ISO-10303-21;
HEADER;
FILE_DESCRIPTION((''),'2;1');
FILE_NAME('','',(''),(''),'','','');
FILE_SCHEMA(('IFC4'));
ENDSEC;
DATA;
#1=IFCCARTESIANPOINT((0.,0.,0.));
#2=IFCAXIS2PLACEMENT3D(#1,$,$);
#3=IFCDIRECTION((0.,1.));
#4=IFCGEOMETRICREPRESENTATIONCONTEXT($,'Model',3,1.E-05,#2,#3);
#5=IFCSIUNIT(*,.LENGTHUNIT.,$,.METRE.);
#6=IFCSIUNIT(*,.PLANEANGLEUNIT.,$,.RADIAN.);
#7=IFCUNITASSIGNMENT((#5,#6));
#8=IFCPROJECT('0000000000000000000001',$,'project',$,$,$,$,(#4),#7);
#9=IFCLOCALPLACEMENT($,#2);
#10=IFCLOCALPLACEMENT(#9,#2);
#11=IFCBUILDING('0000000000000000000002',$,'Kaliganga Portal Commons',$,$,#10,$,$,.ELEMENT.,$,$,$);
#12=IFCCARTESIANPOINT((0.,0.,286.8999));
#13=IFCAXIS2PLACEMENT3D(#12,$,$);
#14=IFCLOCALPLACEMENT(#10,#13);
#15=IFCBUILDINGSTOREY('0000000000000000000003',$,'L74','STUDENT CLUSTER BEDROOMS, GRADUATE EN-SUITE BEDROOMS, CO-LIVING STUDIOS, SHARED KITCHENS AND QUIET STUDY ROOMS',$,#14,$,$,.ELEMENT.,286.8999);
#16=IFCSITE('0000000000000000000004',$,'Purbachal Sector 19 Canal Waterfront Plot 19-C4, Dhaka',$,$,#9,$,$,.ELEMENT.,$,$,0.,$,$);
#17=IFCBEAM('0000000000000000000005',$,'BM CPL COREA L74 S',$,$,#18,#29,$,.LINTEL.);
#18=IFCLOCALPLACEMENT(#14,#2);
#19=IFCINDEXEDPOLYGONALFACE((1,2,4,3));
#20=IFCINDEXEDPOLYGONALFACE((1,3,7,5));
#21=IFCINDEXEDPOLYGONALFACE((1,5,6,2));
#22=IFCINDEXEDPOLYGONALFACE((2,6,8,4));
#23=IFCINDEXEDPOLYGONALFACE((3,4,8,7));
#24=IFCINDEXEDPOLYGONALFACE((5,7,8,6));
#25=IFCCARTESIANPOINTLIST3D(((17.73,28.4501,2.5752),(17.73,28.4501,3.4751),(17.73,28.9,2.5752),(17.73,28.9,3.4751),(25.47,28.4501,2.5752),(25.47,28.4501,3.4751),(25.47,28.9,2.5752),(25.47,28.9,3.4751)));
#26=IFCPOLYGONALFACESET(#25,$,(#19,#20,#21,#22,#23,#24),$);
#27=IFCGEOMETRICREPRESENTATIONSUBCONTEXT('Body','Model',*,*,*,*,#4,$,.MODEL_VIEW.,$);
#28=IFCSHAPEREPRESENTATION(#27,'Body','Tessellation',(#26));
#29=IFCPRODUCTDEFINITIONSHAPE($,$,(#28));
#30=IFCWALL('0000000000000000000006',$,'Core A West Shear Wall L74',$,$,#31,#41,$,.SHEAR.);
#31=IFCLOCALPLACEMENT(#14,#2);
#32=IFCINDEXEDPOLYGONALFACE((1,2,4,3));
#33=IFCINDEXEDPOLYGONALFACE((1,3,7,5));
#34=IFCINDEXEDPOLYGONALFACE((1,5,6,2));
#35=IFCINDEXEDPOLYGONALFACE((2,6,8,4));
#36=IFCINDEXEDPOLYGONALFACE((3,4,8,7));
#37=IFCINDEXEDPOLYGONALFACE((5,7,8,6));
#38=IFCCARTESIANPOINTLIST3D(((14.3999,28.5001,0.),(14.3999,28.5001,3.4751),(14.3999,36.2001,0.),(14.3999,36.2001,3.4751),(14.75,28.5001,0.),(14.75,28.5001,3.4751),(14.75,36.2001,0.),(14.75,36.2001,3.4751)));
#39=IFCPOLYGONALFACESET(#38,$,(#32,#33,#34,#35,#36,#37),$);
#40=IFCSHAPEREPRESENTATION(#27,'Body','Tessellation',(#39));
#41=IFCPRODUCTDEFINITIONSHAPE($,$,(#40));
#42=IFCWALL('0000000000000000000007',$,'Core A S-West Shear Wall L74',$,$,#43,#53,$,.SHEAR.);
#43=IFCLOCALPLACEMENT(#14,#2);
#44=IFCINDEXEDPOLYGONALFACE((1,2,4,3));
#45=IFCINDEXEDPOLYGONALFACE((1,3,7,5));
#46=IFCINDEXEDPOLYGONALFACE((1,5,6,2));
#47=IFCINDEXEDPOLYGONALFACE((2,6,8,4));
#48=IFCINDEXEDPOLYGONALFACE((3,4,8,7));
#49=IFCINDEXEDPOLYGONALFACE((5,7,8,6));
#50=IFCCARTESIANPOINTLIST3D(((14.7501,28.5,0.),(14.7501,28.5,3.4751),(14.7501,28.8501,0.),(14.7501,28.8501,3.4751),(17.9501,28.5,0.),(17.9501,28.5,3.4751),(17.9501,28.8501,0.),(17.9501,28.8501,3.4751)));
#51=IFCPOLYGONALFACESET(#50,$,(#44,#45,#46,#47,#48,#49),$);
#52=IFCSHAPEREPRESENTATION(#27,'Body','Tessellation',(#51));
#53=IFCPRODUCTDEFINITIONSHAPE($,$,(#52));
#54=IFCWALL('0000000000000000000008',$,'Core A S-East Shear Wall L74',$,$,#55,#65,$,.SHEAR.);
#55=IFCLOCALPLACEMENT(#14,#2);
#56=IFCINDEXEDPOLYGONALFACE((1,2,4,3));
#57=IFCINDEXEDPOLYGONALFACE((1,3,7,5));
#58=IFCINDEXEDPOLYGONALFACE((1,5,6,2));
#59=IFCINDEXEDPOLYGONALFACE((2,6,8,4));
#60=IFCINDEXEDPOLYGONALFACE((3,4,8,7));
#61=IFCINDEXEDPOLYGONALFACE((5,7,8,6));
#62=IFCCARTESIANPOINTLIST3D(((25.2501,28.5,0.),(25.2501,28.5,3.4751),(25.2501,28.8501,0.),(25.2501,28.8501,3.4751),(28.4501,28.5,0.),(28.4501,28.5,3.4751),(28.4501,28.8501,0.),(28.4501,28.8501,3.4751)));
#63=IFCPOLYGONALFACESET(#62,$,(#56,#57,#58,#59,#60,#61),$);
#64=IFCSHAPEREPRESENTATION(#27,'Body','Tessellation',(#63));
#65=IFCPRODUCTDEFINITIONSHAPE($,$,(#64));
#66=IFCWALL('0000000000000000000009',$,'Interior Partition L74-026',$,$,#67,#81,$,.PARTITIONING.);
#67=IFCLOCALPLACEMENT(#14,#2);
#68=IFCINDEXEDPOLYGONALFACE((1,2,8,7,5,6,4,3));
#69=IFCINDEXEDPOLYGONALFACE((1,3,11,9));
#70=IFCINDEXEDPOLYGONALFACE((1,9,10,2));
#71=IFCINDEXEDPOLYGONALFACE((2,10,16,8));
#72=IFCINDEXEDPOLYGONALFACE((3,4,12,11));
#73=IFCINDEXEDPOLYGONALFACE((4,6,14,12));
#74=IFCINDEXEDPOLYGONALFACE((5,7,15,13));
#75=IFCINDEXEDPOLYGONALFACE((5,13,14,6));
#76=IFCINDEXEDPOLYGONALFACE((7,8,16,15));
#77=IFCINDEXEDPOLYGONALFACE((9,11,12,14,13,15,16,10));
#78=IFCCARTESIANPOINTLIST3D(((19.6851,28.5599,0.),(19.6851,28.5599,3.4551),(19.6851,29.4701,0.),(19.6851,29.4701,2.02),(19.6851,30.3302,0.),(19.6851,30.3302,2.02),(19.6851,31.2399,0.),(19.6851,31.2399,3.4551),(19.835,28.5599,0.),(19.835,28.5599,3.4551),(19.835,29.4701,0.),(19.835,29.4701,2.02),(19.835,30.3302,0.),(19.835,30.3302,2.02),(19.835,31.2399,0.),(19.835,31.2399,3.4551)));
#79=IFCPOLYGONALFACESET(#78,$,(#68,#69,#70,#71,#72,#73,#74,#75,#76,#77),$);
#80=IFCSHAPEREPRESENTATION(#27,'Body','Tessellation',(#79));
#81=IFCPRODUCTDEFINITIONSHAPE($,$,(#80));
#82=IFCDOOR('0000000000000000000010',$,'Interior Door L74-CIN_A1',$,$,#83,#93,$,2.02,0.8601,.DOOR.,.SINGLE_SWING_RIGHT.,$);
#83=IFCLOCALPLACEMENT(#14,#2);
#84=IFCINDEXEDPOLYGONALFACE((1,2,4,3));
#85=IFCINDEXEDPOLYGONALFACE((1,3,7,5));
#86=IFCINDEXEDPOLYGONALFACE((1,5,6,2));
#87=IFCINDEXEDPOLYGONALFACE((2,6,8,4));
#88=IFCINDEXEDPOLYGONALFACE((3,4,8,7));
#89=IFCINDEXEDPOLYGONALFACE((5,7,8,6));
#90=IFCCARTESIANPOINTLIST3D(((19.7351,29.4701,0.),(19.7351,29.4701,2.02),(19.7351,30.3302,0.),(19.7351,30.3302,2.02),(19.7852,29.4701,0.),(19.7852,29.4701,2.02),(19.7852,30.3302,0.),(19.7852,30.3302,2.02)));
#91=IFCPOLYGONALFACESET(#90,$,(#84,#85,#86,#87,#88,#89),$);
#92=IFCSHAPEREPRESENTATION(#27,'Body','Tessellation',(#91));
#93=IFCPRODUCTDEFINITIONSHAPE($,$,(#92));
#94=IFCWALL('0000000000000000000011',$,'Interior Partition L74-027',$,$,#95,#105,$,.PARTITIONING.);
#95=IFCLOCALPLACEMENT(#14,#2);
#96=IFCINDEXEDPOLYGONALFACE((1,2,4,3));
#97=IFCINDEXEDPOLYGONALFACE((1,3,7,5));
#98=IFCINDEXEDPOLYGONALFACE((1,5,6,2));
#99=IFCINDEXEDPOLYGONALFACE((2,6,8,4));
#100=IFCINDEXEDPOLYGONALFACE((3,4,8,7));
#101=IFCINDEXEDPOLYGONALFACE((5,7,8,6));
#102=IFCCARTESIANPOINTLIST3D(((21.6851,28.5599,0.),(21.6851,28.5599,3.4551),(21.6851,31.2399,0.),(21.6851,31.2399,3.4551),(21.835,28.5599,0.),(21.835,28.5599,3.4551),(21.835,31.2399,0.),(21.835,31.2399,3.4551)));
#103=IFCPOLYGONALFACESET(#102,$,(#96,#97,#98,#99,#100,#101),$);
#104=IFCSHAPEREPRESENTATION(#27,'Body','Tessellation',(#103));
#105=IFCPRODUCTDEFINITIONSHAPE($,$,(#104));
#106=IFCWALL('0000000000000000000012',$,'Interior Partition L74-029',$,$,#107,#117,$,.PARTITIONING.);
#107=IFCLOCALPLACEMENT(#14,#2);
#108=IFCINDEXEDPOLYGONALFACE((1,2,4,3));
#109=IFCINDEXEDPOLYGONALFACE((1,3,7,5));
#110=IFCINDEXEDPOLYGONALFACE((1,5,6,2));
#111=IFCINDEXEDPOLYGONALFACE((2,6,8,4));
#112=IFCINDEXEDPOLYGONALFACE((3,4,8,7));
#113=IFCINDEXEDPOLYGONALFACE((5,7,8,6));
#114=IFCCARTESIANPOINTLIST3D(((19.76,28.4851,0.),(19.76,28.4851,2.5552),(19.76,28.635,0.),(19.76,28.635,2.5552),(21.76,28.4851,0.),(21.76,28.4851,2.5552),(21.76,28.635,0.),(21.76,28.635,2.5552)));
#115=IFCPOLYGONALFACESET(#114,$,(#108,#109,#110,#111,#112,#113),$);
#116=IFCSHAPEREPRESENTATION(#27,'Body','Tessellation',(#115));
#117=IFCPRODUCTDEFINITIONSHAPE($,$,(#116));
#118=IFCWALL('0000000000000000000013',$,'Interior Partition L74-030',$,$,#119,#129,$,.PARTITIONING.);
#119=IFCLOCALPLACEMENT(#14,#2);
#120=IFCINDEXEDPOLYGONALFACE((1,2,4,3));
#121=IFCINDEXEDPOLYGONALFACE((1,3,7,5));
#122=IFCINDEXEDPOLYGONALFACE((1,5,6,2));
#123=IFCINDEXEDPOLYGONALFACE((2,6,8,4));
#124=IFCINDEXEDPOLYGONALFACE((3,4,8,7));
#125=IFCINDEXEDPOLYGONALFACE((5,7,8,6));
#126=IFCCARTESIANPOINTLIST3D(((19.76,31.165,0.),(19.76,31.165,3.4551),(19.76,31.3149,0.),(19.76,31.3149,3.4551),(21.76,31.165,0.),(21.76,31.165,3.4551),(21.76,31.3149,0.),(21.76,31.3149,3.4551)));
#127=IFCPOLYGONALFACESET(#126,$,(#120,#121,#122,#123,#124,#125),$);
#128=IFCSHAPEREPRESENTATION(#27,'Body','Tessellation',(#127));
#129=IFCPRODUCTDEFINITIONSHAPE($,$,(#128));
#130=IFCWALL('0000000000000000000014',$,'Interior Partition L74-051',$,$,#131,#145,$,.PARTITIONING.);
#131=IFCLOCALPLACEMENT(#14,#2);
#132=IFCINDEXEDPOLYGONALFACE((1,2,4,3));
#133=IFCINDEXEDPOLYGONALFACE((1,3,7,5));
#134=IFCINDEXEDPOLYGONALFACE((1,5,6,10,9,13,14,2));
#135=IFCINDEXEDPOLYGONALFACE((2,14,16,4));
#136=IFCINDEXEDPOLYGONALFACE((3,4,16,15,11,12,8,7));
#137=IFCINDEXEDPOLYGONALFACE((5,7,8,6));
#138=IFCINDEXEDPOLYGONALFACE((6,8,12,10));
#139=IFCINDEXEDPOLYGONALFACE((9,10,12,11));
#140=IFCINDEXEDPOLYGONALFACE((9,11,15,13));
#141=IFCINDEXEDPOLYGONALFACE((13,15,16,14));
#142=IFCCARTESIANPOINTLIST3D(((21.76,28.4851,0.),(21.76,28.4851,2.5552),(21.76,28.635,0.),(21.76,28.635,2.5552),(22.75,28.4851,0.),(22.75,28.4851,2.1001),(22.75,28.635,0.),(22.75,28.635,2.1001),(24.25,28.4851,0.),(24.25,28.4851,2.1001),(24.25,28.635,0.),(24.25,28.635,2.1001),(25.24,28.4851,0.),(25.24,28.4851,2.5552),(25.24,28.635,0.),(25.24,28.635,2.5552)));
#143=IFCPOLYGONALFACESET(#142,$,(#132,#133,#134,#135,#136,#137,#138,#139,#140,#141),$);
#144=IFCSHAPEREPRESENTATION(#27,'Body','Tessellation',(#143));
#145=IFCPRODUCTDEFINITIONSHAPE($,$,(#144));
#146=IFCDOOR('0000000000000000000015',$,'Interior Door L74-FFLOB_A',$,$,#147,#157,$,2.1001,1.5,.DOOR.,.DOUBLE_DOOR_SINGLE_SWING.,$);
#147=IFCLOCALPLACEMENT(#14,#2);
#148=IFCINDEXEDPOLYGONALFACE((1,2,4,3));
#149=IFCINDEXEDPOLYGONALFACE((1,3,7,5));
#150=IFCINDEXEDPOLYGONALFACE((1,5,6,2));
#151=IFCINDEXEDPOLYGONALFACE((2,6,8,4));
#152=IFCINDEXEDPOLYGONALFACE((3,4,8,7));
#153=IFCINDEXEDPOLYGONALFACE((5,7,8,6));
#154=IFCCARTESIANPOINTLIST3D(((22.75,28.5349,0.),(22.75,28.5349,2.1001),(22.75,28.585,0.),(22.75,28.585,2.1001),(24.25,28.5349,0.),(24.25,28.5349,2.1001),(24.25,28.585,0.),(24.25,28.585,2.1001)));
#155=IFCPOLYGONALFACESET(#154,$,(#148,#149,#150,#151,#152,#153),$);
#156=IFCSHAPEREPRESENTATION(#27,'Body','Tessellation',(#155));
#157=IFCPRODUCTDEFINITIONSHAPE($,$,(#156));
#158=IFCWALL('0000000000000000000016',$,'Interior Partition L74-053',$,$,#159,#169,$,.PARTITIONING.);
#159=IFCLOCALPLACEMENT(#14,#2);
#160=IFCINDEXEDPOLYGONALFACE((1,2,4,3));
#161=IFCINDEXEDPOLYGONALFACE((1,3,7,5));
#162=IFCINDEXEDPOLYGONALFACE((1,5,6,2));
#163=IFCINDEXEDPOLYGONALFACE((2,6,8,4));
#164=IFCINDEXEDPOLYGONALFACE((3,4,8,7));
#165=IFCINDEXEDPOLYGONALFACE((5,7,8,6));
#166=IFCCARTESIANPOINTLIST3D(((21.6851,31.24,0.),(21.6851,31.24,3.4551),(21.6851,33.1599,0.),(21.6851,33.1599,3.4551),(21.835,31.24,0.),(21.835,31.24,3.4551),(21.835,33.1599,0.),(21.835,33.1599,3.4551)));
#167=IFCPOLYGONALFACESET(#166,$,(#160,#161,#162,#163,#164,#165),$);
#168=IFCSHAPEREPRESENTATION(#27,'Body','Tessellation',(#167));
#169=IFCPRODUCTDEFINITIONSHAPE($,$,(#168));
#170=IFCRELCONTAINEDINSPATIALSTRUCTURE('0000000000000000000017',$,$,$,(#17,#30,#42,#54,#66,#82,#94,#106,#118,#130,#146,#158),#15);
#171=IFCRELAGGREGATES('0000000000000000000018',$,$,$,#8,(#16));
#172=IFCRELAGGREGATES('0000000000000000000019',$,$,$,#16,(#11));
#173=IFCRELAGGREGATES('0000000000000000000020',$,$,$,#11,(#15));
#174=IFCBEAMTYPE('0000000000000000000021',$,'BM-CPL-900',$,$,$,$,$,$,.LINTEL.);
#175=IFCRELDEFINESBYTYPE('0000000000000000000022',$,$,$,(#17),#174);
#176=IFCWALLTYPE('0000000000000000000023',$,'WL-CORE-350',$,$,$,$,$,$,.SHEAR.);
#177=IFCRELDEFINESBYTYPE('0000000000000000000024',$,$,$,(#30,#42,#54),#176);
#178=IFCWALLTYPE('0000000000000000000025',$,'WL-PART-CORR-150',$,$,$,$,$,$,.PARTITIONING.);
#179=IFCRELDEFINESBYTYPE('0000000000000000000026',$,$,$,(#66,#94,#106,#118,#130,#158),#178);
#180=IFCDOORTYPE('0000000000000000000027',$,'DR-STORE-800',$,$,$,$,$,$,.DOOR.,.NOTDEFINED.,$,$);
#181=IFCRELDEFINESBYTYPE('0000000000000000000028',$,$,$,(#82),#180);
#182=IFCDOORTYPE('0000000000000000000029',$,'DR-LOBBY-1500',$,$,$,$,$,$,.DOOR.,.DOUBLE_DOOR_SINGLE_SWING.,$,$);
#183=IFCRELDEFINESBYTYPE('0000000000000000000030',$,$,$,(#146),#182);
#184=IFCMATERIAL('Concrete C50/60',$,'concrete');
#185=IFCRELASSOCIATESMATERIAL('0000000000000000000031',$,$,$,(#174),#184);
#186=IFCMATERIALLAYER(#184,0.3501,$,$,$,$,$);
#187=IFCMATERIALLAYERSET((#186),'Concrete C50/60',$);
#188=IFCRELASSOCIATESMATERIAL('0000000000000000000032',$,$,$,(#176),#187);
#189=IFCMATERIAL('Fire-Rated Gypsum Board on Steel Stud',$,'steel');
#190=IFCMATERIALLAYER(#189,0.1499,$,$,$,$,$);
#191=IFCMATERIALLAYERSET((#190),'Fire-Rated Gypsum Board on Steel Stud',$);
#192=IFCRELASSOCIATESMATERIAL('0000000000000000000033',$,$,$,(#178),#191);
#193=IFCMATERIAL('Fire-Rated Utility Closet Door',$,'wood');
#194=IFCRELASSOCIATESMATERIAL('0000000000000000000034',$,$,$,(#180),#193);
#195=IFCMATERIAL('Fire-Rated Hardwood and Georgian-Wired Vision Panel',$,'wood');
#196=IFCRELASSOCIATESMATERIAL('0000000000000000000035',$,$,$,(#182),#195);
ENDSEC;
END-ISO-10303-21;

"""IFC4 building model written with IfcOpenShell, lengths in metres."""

from ifc_helpers import new_model, si_unit, direction, frame, frame_2d, origin, origin_2d, place, context, subcontext, project, spatial, rectangle, extrude, source, transform, mapped, material, layer, layer_set, material_profile, profile_set, type_object, element, fill, save


model = new_model("IFC4")

# Units and contexts
model_context = context("Model", 3, precision=1e-05, world=origin(), true_north=direction((0.0, 1.0)))
body_context = subcontext(model_context, "Body", "Model", "MODEL_VIEW")
ifc_project = project(units=[si_unit("LENGTHUNIT", "METRE"), si_unit("PLANEANGLEUNIT", "RADIAN")], contexts=[model_context])

# Site, building, storey
site_placement = place(None, origin())
site = spatial("IfcSite", under=ifc_project, at=site_placement, Name="Purbachal Sector 19 Canal Waterfront Plot 19-C4, Dhaka", CompositionType="ELEMENT", RefElevation=0.0)
building_placement = place(site_placement, origin())
building = spatial("IfcBuilding", under=site, at=building_placement, Name="Kaliganga Portal Commons", CompositionType="ELEMENT")
storey_placement = place(building_placement, frame((0.0, 0.0, 286.8999)))
storey = spatial("IfcBuildingStorey", under=building, at=storey_placement, Name="L74", Description="STUDENT CLUSTER BEDROOMS, GRADUATE EN-SUITE BEDROOMS, CO-LIVING STUDIOS, SHARED KITCHENS AND QUIET STUDY ROOMS", CompositionType="ELEMENT", Elevation=286.8999)

# Beam
ifc_material_1 = material(Name="Concrete C50/60", Category="concrete")
ifc_material_profile = material_profile(ifc_material_1, rectangle(XDim=0.45, YDim=0.8999, at=origin_2d()), Name="RC 450x900")
ifc_profile_set = profile_set([ifc_material_profile], Name="Concrete C50/60")
beam_type = type_object("IfcBeamType", Name="BM-CPL-900", PredefinedType="LINTEL", material=ifc_profile_set)
shared_shape = source(origin(), body_context, "Body", "SweptSolid", [
    extrude(rectangle(XDim=0.45, YDim=0.8999, at=origin_2d()), origin(), (0.0, 0.0, 1.0), 7.74),
])
beam_placement = place(storey_placement, frame((17.73, 28.675, 3.0251), z_axis=(1.0, 0.0, 0.0), x_axis=(0.0, 1.0, 0.0)))
element("IfcBeam", 1, at=beam_placement, inside=storey, type_object=beam_type, Name="BM CPL COREA L74 S", PredefinedType="LINTEL", context=body_context, shape_type="MappedRepresentation", body=[
    mapped(shared_shape, transform((0.0, 0.0, 0.0), x_axis=(1.0, 0.0, 0.0), y_axis=(0.0, 1.0, 0.0), z_axis=(0.0, 0.0, 1.0), scale=1.0)),
])

# Walls
ifc_layer_1 = layer(ifc_material_1, 0.3501)
ifc_layer_set_1 = layer_set([ifc_layer_1], Name="Concrete C50/60")
wall_type_1 = type_object("IfcWallType", Name="WL-CORE-350", PredefinedType="SHEAR", material=ifc_layer_set_1)
wall_1_placement = place(storey_placement, frame((14.575, 28.5, 0.0), z_axis=(0.0, 0.0, 1.0), x_axis=(0.0, 1.0, 0.0)))
element("IfcWall", 2, at=wall_1_placement, inside=storey, type_object=wall_type_1, Name="Core A West Shear Wall L74", PredefinedType="SHEAR", context=body_context, shape_type="SweptSolid", body=[
    extrude(rectangle(XDim=7.7, YDim=0.3501, at=frame_2d((3.8501, 0.0))), origin(), (0.0, 0.0, 1.0), 3.4751),
])
for number, where, z_axis, x_axis, name in (
    (3, (14.75, 28.675, 0.0), (0.0, 0.0, 1.0), (1.0, 0.0, 0.0), "Core A S-West Shear Wall L74"),
    (4, (25.25, 28.675, 0.0), (0.0, 0.0, 1.0), (1.0, 0.0, 0.0), "Core A S-East Shear Wall L74"),
):
    element("IfcWall", number, at=place(storey_placement, frame(where, z_axis=z_axis, x_axis=x_axis)), inside=storey, type_object=wall_type_1, Name=name, PredefinedType="SHEAR", context=body_context, shape_type="SweptSolid", body=[
        extrude(rectangle(XDim=3.2, YDim=0.3501, at=frame_2d((1.6001, 0.0))), origin(), (0.0, 0.0, 1.0), 3.4751),
    ])

# Wall, opening, door
ifc_material_2 = material(Name="Fire-Rated Gypsum Board on Steel Stud", Category="steel")
ifc_layer_2 = layer(ifc_material_2, 0.1499)
ifc_layer_set_2 = layer_set([ifc_layer_2], Name="Fire-Rated Gypsum Board on Steel Stud")
wall_type_2 = type_object("IfcWallType", Name="WL-PART-CORR-150", PredefinedType="PARTITIONING", material=ifc_layer_set_2)
wall_2_placement = place(storey_placement, frame((19.76, 28.5601, 0.0), z_axis=(0.0, 0.0, 1.0), x_axis=(0.0, 1.0, 0.0)))
wall_2 = element("IfcWall", 5, at=wall_2_placement, inside=storey, type_object=wall_type_2, Name="Interior Partition L74-026", PredefinedType="PARTITIONING", context=body_context, shape_type="SweptSolid", body=[
    extrude(rectangle(XDim=2.6799, YDim=0.1499, at=frame_2d((1.3398, 0.0))), origin(), (0.0, 0.0, 1.0), 3.4551),
])
opening_1_placement = place(wall_2_placement, frame((0.9099, 0.0, 0.0)))
opening_1 = element("IfcOpeningElement", 6, at=opening_1_placement, cuts=wall_2, PredefinedType="OPENING", context=body_context, shape_type="SweptSolid", body=[
    extrude(rectangle(XDim=0.8601, YDim=2.02, at=frame_2d((0.4302, 1.01))), frame((0.0, 0.085, 0.0), z_axis=(0.0, -1.0, 0.0), x_axis=(1.0, 0.0, 0.0)), (0.0, 0.0, 1.0), 0.1699),
])
ifc_material_3 = material(Name="Fire-Rated Utility Closet Door", Category="wood")
door_type_1 = type_object("IfcDoorType", Name="DR-STORE-800", OperationType="NOTDEFINED", PredefinedType="DOOR", material=ifc_material_3)
door_1_placement = place(opening_1_placement, origin())
door_1 = element("IfcDoor", 7, at=door_1_placement, inside=storey, type_object=door_type_1, Name="Interior Door L74-CIN_A1", OperationType="SINGLE_SWING_RIGHT", OverallHeight=2.02, OverallWidth=0.8601, PredefinedType="DOOR", context=body_context, shape_type="SweptSolid", body=[
    extrude(rectangle(XDim=0.8601, YDim=2.02, at=frame_2d((0.4302, 1.01))), frame((0.0, 0.0249, 0.0), z_axis=(0.0, -1.0, 0.0), x_axis=(1.0, 0.0, 0.0)), (0.0, 0.0, 1.0), 0.05),
])
fill(opening_1, door_1)

# Walls
wall_3_placement = place(storey_placement, frame((21.76, 28.5601, 0.0), z_axis=(0.0, 0.0, 1.0), x_axis=(0.0, 1.0, 0.0)))
element("IfcWall", 8, at=wall_3_placement, inside=storey, type_object=wall_type_2, Name="Interior Partition L74-027", PredefinedType="PARTITIONING", context=body_context, shape_type="SweptSolid", body=[
    extrude(rectangle(XDim=2.6799, YDim=0.1499, at=frame_2d((1.3398, 0.0))), origin(), (0.0, 0.0, 1.0), 3.4551),
])
wall_4_placement = place(storey_placement, frame((19.76, 28.5601, 0.0), z_axis=(0.0, 0.0, 1.0), x_axis=(1.0, 0.0, 0.0)))
element("IfcWall", 9, at=wall_4_placement, inside=storey, type_object=wall_type_2, Name="Interior Partition L74-029", PredefinedType="PARTITIONING", context=body_context, shape_type="SweptSolid", body=[
    extrude(rectangle(XDim=2.0, YDim=0.1499, at=frame_2d((1.0, 0.0))), origin(), (0.0, 0.0, 1.0), 2.5552),
])
wall_5_placement = place(storey_placement, frame((19.76, 31.24, 0.0), z_axis=(0.0, 0.0, 1.0), x_axis=(1.0, 0.0, 0.0)))
element("IfcWall", 10, at=wall_5_placement, inside=storey, type_object=wall_type_2, Name="Interior Partition L74-030", PredefinedType="PARTITIONING", context=body_context, shape_type="SweptSolid", body=[
    extrude(rectangle(XDim=2.0, YDim=0.1499, at=frame_2d((1.0, 0.0))), origin(), (0.0, 0.0, 1.0), 3.4551),
])

# Wall, opening, door
wall_6_placement = place(storey_placement, frame((21.76, 28.5601, 0.0), z_axis=(0.0, 0.0, 1.0), x_axis=(1.0, 0.0, 0.0)))
wall_6 = element("IfcWall", 11, at=wall_6_placement, inside=storey, type_object=wall_type_2, Name="Interior Partition L74-051", PredefinedType="PARTITIONING", context=body_context, shape_type="SweptSolid", body=[
    extrude(rectangle(XDim=3.48, YDim=0.1499, at=frame_2d((1.74, 0.0))), origin(), (0.0, 0.0, 1.0), 2.5552),
])
opening_2_placement = place(wall_6_placement, frame((0.99, 0.0, 0.0)))
opening_2 = element("IfcOpeningElement", 12, at=opening_2_placement, cuts=wall_6, PredefinedType="OPENING", context=body_context, shape_type="SweptSolid", body=[
    extrude(rectangle(XDim=1.5, YDim=2.1001, at=frame_2d((0.75, 1.05))), frame((0.0, 0.085, 0.0), z_axis=(0.0, -1.0, 0.0), x_axis=(1.0, 0.0, 0.0)), (0.0, 0.0, 1.0), 0.1699),
])
ifc_material_4 = material(Name="Fire-Rated Hardwood and Georgian-Wired Vision Panel", Category="wood")
door_type_2 = type_object("IfcDoorType", Name="DR-LOBBY-1500", OperationType="DOUBLE_DOOR_SINGLE_SWING", PredefinedType="DOOR", material=ifc_material_4)
door_2_placement = place(opening_2_placement, origin())
door_2 = element("IfcDoor", 13, at=door_2_placement, inside=storey, type_object=door_type_2, Name="Interior Door L74-FFLOB_A", OperationType="DOUBLE_DOOR_SINGLE_SWING", OverallHeight=2.1001, OverallWidth=1.5, PredefinedType="DOOR", context=body_context, shape_type="SweptSolid", body=[
    extrude(rectangle(XDim=1.5, YDim=2.1001, at=frame_2d((0.75, 1.05))), frame((0.0, 0.0249, 0.0), z_axis=(0.0, -1.0, 0.0), x_axis=(1.0, 0.0, 0.0)), (0.0, 0.0, 1.0), 0.05),
])
fill(opening_2, door_2)

# Wall
wall_7_placement = place(storey_placement, frame((21.76, 31.24, 0.0), z_axis=(0.0, 0.0, 1.0), x_axis=(0.0, 1.0, 0.0)))
element("IfcWall", 14, at=wall_7_placement, inside=storey, type_object=wall_type_2, Name="Interior Partition L74-053", PredefinedType="PARTITIONING", context=body_context, shape_type="SweptSolid", body=[
    extrude(rectangle(XDim=1.9199, YDim=0.1499, at=frame_2d((0.96, 0.0))), origin(), (0.0, 0.0, 1.0), 3.4551),
])

save(model, "model.ifc")
